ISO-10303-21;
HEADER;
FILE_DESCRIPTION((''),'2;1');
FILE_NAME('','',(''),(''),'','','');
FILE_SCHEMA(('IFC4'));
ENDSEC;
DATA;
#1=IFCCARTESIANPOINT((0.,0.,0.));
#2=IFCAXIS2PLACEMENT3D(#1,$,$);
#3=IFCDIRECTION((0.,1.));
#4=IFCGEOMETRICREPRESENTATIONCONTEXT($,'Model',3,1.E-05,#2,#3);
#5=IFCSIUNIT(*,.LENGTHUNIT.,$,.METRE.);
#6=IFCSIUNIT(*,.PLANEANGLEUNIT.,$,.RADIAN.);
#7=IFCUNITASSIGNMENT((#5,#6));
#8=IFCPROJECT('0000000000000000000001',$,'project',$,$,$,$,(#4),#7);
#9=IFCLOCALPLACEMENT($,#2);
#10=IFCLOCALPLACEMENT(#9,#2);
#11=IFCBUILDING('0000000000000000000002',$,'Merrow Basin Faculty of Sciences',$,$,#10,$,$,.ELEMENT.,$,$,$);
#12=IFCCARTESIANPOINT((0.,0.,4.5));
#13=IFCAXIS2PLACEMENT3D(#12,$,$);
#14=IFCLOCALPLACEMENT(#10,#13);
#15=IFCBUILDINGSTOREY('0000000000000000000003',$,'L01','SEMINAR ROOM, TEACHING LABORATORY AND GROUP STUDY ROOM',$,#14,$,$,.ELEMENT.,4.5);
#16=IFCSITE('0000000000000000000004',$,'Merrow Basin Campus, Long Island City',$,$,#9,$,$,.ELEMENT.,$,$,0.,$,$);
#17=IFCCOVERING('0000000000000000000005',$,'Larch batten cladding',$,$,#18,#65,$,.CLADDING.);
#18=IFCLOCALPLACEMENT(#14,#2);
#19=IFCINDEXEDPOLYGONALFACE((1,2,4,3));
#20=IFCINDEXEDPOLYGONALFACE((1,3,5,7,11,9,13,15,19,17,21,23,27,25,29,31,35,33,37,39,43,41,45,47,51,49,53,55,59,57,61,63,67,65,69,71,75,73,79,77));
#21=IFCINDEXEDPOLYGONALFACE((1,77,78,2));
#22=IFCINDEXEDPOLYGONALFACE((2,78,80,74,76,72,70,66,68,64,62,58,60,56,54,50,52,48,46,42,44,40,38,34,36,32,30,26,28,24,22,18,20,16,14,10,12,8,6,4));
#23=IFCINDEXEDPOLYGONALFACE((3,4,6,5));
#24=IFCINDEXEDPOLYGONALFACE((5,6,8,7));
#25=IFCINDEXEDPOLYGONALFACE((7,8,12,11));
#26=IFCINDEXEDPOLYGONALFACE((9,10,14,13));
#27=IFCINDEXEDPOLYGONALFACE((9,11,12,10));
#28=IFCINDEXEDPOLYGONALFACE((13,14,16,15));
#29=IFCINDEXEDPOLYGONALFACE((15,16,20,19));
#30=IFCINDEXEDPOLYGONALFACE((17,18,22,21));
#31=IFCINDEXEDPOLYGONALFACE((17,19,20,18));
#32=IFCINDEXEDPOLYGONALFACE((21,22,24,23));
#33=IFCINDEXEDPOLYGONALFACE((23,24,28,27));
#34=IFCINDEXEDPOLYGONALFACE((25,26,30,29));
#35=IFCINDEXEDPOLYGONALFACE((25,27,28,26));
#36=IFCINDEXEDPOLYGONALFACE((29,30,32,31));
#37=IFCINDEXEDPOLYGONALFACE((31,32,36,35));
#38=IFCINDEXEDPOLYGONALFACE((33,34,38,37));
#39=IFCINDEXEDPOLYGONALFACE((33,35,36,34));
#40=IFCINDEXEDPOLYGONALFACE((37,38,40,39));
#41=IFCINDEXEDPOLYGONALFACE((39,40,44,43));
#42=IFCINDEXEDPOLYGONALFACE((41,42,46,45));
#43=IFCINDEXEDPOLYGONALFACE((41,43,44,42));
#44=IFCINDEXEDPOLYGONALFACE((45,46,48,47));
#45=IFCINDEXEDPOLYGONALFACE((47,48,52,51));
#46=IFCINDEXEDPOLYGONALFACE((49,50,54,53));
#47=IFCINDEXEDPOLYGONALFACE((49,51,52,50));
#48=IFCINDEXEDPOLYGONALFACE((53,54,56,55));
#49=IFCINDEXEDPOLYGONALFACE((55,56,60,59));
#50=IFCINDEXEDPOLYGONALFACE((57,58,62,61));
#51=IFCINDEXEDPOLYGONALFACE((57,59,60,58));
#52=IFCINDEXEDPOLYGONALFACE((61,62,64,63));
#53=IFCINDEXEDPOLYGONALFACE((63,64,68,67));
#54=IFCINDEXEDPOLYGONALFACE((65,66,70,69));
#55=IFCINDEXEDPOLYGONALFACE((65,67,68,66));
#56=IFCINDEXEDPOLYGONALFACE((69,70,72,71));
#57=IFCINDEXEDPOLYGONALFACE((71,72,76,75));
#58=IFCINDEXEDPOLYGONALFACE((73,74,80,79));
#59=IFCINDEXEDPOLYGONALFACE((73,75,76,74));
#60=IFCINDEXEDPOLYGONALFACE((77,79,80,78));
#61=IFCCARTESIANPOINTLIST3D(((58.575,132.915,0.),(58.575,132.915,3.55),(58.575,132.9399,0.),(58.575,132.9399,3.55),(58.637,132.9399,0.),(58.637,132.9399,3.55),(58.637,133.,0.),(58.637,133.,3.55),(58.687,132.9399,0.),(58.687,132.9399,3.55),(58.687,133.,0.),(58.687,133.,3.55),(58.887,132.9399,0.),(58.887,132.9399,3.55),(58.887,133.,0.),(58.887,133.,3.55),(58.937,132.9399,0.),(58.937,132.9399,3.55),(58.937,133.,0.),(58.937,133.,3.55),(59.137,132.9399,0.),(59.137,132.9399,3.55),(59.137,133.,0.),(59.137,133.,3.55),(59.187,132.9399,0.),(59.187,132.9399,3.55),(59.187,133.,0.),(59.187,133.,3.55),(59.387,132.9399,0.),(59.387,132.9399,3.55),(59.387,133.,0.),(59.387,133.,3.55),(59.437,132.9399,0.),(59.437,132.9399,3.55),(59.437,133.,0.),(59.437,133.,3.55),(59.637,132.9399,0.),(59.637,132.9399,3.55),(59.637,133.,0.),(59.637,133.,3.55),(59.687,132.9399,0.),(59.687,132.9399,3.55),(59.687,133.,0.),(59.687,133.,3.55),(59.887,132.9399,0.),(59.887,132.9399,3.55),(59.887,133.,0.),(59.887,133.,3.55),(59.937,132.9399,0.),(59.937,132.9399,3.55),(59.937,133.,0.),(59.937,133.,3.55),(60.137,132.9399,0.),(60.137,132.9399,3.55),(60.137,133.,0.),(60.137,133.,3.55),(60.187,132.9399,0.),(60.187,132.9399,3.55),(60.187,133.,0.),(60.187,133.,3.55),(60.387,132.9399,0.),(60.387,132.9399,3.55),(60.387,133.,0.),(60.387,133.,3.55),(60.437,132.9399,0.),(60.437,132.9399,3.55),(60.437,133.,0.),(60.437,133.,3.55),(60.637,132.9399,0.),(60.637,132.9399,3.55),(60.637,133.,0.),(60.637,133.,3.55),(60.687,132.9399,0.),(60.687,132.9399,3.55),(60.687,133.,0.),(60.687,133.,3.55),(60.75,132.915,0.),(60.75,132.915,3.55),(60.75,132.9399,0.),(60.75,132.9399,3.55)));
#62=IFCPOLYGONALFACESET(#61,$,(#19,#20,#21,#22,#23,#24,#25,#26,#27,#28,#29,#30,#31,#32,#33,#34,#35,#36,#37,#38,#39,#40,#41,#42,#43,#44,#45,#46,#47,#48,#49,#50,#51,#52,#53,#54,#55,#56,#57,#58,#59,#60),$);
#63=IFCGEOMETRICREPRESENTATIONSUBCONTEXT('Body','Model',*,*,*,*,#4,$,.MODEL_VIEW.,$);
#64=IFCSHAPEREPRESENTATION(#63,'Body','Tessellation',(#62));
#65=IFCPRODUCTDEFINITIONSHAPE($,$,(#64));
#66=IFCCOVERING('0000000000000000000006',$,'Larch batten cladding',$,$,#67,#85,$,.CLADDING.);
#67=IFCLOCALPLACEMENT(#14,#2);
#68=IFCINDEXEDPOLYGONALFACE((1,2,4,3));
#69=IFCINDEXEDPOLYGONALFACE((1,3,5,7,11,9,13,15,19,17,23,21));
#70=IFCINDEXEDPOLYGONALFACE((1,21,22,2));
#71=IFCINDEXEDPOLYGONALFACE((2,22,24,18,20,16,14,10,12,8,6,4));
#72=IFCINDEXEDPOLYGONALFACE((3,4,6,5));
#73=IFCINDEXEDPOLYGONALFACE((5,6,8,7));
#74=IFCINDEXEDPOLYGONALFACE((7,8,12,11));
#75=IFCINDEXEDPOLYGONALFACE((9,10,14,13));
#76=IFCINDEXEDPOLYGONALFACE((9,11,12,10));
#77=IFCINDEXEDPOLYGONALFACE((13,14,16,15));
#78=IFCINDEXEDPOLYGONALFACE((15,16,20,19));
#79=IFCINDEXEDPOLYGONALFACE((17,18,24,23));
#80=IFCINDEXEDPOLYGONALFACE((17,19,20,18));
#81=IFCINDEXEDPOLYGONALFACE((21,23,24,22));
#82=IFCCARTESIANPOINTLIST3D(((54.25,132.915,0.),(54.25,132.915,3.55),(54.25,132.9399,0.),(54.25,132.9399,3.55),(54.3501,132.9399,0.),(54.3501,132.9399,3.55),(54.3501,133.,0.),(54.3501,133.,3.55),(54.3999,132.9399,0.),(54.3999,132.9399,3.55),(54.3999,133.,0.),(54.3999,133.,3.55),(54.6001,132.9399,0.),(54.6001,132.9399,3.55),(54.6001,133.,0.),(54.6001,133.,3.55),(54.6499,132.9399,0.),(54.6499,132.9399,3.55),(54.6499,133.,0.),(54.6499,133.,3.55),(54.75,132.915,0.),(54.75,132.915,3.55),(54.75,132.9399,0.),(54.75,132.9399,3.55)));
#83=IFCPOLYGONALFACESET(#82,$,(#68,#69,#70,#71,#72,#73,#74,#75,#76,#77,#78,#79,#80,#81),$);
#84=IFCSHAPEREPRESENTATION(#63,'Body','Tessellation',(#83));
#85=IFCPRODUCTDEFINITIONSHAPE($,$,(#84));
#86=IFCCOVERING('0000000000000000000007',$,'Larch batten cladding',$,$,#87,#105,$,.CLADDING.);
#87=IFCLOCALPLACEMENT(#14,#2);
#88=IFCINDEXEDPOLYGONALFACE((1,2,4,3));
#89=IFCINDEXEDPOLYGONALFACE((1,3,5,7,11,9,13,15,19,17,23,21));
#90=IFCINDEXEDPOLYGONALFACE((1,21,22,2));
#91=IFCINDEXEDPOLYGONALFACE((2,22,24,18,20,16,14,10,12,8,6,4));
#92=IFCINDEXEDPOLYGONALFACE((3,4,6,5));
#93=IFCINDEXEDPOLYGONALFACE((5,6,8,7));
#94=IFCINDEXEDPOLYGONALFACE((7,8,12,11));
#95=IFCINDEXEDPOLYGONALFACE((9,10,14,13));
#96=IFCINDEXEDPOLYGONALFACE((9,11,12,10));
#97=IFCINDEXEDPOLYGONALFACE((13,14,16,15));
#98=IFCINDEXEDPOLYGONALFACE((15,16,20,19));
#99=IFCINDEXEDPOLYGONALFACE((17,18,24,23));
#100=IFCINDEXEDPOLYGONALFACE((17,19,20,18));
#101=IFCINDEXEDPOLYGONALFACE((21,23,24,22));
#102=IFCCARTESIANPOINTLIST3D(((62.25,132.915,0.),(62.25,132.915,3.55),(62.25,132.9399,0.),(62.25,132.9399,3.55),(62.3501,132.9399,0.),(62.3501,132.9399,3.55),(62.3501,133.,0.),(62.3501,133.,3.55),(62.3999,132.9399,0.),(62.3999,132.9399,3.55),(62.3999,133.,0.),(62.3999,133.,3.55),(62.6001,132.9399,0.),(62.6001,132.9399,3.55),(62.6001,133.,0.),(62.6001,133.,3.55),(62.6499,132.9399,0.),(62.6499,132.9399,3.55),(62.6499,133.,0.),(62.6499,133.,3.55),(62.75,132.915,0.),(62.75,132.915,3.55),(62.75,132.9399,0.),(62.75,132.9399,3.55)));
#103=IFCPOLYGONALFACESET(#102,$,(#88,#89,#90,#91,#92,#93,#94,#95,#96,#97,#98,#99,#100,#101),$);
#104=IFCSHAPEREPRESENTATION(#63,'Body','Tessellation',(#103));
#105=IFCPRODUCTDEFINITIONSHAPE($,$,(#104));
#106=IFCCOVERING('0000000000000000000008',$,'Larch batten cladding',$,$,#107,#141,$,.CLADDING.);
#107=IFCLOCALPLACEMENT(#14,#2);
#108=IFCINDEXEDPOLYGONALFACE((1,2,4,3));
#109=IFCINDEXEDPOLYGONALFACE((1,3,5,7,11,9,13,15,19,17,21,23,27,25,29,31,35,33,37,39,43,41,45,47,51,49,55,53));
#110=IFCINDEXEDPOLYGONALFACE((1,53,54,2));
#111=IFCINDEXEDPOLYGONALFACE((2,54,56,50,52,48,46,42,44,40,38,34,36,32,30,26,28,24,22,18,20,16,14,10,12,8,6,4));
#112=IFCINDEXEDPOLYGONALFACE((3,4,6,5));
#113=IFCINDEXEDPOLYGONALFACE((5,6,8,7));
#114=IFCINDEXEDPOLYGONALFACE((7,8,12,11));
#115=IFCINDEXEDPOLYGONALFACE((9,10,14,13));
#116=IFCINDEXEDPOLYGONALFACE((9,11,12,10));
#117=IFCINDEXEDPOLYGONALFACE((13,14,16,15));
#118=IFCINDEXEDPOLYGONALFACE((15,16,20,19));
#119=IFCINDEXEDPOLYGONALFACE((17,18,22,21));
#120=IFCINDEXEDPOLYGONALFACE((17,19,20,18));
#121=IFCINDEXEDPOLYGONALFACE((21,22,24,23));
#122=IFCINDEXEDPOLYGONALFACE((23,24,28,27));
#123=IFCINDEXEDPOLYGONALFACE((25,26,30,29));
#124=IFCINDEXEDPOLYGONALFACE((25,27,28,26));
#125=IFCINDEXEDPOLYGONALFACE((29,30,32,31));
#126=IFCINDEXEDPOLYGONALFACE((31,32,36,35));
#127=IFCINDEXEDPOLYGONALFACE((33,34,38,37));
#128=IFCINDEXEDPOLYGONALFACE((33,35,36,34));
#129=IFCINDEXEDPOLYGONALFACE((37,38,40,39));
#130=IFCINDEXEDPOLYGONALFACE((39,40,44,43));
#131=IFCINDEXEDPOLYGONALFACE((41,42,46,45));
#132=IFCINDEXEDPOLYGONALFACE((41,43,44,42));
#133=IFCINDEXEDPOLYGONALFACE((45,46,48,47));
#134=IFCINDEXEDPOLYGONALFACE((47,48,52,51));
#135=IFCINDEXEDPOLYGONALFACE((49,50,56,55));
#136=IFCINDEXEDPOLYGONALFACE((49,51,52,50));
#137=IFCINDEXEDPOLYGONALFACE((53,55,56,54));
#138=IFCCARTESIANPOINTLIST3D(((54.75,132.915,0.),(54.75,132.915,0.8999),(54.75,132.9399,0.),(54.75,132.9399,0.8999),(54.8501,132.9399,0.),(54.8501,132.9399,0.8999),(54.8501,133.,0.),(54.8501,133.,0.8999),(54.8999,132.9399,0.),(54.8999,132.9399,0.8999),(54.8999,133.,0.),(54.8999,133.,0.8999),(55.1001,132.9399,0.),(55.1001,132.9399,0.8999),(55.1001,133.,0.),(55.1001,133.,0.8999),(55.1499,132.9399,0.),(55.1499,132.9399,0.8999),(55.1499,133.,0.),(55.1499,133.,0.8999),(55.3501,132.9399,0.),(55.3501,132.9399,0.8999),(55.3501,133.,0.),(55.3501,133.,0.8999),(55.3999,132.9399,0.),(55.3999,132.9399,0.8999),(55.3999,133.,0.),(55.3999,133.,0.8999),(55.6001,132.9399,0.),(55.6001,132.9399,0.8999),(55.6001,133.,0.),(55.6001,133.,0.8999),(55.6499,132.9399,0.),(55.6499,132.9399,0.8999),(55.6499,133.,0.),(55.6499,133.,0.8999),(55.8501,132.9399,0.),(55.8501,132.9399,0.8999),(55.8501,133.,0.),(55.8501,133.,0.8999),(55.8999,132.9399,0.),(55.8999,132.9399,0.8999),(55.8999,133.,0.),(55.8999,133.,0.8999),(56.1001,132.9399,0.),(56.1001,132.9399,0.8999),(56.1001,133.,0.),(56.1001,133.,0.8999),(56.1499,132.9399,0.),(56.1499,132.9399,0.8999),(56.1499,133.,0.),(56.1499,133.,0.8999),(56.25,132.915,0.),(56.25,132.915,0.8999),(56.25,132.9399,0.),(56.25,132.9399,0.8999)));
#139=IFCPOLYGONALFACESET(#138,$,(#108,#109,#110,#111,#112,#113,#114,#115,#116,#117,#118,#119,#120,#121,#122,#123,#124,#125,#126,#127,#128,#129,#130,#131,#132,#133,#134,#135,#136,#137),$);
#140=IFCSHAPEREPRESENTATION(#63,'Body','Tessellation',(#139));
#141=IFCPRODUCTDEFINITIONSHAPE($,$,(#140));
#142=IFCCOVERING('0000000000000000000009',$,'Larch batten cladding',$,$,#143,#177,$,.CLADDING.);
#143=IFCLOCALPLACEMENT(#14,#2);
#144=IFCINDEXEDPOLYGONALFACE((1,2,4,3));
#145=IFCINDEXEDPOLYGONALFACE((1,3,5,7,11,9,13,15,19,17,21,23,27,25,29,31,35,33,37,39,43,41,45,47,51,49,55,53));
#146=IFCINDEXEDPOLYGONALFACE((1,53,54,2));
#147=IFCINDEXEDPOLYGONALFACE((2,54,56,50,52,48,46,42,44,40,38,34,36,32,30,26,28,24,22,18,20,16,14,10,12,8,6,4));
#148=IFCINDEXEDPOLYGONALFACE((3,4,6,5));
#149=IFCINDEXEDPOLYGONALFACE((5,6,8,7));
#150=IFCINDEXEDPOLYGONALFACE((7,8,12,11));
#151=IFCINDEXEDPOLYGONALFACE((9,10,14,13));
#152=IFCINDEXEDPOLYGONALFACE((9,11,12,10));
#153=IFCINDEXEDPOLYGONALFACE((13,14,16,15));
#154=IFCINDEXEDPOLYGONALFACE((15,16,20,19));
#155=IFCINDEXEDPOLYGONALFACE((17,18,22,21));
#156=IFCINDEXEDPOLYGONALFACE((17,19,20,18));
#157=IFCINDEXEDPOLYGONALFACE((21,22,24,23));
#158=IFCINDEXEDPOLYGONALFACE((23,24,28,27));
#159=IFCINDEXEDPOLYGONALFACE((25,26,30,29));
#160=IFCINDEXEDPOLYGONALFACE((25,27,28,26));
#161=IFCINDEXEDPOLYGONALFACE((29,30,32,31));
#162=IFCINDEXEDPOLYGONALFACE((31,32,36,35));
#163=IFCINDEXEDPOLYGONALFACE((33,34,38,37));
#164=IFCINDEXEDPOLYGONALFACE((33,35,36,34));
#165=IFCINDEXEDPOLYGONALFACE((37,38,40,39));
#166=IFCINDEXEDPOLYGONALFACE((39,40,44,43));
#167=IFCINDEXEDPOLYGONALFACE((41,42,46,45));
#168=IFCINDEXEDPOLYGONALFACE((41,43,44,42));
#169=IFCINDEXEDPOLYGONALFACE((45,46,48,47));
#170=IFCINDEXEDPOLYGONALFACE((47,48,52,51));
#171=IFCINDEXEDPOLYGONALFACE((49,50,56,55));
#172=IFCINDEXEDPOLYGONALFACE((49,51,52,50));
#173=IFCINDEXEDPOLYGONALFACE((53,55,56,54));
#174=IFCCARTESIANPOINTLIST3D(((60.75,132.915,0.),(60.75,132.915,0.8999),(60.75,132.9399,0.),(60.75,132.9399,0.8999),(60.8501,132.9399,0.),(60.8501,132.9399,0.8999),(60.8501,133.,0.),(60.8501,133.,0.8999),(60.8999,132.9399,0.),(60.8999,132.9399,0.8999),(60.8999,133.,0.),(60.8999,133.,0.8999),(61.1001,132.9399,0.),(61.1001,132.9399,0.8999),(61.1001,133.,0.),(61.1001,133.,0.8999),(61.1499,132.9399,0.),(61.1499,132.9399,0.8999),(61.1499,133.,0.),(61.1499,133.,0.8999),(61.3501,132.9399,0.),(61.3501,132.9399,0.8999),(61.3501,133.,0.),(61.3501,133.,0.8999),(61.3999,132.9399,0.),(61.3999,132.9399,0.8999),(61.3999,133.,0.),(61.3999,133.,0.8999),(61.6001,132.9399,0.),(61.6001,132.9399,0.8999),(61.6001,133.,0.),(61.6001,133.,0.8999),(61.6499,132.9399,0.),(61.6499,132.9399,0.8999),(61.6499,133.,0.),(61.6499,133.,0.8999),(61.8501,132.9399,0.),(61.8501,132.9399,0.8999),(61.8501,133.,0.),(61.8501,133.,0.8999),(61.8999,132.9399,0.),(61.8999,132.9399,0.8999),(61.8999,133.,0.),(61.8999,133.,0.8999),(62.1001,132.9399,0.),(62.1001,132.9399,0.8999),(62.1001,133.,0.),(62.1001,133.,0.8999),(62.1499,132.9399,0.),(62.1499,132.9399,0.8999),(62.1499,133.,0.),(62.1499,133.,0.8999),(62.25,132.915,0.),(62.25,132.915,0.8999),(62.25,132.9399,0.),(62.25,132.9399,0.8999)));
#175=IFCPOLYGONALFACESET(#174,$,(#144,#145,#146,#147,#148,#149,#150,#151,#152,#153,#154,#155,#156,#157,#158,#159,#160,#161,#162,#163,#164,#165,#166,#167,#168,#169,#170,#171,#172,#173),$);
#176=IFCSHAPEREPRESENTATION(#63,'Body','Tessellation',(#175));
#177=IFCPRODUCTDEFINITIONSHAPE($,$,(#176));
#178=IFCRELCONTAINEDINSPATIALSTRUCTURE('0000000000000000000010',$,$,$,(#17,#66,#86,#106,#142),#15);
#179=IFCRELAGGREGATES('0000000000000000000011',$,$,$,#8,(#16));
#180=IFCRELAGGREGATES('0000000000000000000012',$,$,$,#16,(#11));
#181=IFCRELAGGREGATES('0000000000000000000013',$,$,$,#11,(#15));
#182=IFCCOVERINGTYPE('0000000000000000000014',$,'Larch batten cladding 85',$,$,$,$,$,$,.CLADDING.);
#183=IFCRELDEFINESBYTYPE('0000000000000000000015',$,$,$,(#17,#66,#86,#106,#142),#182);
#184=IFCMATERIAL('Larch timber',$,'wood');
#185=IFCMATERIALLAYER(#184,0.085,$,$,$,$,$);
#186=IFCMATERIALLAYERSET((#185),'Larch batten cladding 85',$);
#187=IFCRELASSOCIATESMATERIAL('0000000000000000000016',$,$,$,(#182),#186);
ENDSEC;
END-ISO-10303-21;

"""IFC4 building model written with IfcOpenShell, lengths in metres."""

from ifc_helpers import new_model, si_unit, direction, frame, origin, place, context, subcontext, project, spatial, polyline, outline, extrude, source, transform, mapped, material, layer, layer_set, type_object, element, save


model = new_model("IFC4")

# Units and contexts
model_context = context("Model", 3, precision=1e-05, world=origin(), true_north=direction((0.0, 1.0)))
body_context = subcontext(model_context, "Body", "Model", "MODEL_VIEW")
ifc_project = project(units=[si_unit("LENGTHUNIT", "METRE"), si_unit("PLANEANGLEUNIT", "RADIAN")], contexts=[model_context])

# Site, building, storey
site_placement = place(None, origin())
site = spatial("IfcSite", under=ifc_project, at=site_placement, Name="Merrow Basin Campus, Long Island City", CompositionType="ELEMENT", RefElevation=0.0)
building_placement = place(site_placement, origin())
building = spatial("IfcBuilding", under=site, at=building_placement, Name="Merrow Basin Faculty of Sciences", CompositionType="ELEMENT")
storey_placement = place(building_placement, frame((0.0, 0.0, 4.5)))
storey = spatial("IfcBuildingStorey", under=building, at=storey_placement, Name="L01", Description="SEMINAR ROOM, TEACHING LABORATORY AND GROUP STUDY ROOM", CompositionType="ELEMENT", Elevation=4.5)

# Coverings
ifc_material_1 = material(Name="Larch timber", Category="wood")
ifc_layer_1 = layer(ifc_material_1, 0.085)
ifc_layer_set_1 = layer_set([ifc_layer_1], Name="Larch batten cladding 85")
covering_type_1 = type_object("IfcCoveringType", Name="Larch batten cladding 85", PredefinedType="CLADDING", material=ifc_layer_set_1)
shared_shape_1 = source(origin(), body_context, "Body", "SweptSolid", [
    extrude(outline(polyline([(0.0, 0.0), (2.175, 0.0), (2.175, 0.0249), (2.1121, 0.0249), (2.1121, 0.085), (2.062, 0.085), (2.062, 0.0249), (1.8621, 0.0249), (1.8621, 0.085), (1.812, 0.085), (1.812, 0.0249), (1.6121, 0.0249), (1.6121, 0.085), (1.562, 0.085), (1.562, 0.0249), (1.3621, 0.0249), (1.3621, 0.085), (1.312, 0.085), (1.312, 0.0249), (1.1121, 0.0249), (1.1121, 0.085), (1.062, 0.085), (1.062, 0.0249), (0.8621, 0.0249), (0.8621, 0.085), (0.812, 0.085), (0.812, 0.0249), (0.6121, 0.0249), (0.6121, 0.085), (0.562, 0.085), (0.562, 0.0249), (0.3621, 0.0249), (0.3621, 0.085), (0.312, 0.085), (0.312, 0.0249), (0.1121, 0.0249), (0.1121, 0.085), (0.062, 0.085), (0.062, 0.0249), (0.0, 0.0249), (0.0, 0.0)])), origin(), (0.0, 0.0, 1.0), 3.55),
])
for number, where, z_axis, x_axis, name in (
    (1, (58.575, 132.915, 0.0), (0.0, 0.0, 1.0), (1.0, 0.0, 0.0), "Larch batten cladding"),
):
    element("IfcCovering", number, at=place(storey_placement, frame(where, z_axis=z_axis, x_axis=x_axis)), inside=storey, type_object=covering_type_1, Name=name, PredefinedType="CLADDING", context=body_context, shape_type="MappedRepresentation", body=[
        mapped(shared_shape_1, transform((0.0, 0.0, 0.0), scale=1.0)),
    ])
shared_shape_2 = source(origin(), body_context, "Body", "SweptSolid", [
    extrude(outline(polyline([(0.0, 0.0), (0.5, 0.0), (0.5, 0.0249), (0.3999, 0.0249), (0.3999, 0.085), (0.3501, 0.085), (0.3501, 0.0249), (0.1499, 0.0249), (0.1499, 0.085), (0.1001, 0.085), (0.1001, 0.0249), (0.0, 0.0249), (0.0, 0.0)])), origin(), (0.0, 0.0, 1.0), 3.55),
])
for number, where, z_axis, x_axis, name in (
    (2, (54.25, 132.915, 0.0), (0.0, 0.0, 1.0), (1.0, 0.0, 0.0), "Larch batten cladding"),
    (3, (62.25, 132.915, 0.0), (0.0, 0.0, 1.0), (1.0, 0.0, 0.0), "Larch batten cladding"),
):
    element("IfcCovering", number, at=place(storey_placement, frame(where, z_axis=z_axis, x_axis=x_axis)), inside=storey, type_object=covering_type_1, Name=name, PredefinedType="CLADDING", context=body_context, shape_type="MappedRepresentation", body=[
        mapped(shared_shape_2, transform((0.0, 0.0, 0.0), scale=1.0)),
    ])
shared_shape_3 = source(origin(), body_context, "Body", "SweptSolid", [
    extrude(outline(polyline([(0.0, 0.0), (1.5, 0.0), (1.5, 0.0249), (1.3999, 0.0249), (1.3999, 0.085), (1.3501, 0.085), (1.3501, 0.0249), (1.1499, 0.0249), (1.1499, 0.085), (1.1001, 0.085), (1.1001, 0.0249), (0.8999, 0.0249), (0.8999, 0.085), (0.8501, 0.085), (0.8501, 0.0249), (0.6499, 0.0249), (0.6499, 0.085), (0.6001, 0.085), (0.6001, 0.0249), (0.3999, 0.0249), (0.3999, 0.085), (0.3501, 0.085), (0.3501, 0.0249), (0.1499, 0.0249), (0.1499, 0.085), (0.1001, 0.085), (0.1001, 0.0249), (0.0, 0.0249), (0.0, 0.0)])), origin(), (0.0, 0.0, 1.0), 0.8999),
])
for number, where, z_axis, x_axis, name in (
    (4, (54.75, 132.915, 0.0), (0.0, 0.0, 1.0), (1.0, 0.0, 0.0), "Larch batten cladding"),
    (5, (60.75, 132.915, 0.0), (0.0, 0.0, 1.0), (1.0, 0.0, 0.0), "Larch batten cladding"),
):
    element("IfcCovering", number, at=place(storey_placement, frame(where, z_axis=z_axis, x_axis=x_axis)), inside=storey, type_object=covering_type_1, Name=name, PredefinedType="CLADDING", context=body_context, shape_type="MappedRepresentation", body=[
        mapped(shared_shape_3, transform((0.0, 0.0, 0.0), scale=1.0)),
    ])

save(model, "model.ifc")
